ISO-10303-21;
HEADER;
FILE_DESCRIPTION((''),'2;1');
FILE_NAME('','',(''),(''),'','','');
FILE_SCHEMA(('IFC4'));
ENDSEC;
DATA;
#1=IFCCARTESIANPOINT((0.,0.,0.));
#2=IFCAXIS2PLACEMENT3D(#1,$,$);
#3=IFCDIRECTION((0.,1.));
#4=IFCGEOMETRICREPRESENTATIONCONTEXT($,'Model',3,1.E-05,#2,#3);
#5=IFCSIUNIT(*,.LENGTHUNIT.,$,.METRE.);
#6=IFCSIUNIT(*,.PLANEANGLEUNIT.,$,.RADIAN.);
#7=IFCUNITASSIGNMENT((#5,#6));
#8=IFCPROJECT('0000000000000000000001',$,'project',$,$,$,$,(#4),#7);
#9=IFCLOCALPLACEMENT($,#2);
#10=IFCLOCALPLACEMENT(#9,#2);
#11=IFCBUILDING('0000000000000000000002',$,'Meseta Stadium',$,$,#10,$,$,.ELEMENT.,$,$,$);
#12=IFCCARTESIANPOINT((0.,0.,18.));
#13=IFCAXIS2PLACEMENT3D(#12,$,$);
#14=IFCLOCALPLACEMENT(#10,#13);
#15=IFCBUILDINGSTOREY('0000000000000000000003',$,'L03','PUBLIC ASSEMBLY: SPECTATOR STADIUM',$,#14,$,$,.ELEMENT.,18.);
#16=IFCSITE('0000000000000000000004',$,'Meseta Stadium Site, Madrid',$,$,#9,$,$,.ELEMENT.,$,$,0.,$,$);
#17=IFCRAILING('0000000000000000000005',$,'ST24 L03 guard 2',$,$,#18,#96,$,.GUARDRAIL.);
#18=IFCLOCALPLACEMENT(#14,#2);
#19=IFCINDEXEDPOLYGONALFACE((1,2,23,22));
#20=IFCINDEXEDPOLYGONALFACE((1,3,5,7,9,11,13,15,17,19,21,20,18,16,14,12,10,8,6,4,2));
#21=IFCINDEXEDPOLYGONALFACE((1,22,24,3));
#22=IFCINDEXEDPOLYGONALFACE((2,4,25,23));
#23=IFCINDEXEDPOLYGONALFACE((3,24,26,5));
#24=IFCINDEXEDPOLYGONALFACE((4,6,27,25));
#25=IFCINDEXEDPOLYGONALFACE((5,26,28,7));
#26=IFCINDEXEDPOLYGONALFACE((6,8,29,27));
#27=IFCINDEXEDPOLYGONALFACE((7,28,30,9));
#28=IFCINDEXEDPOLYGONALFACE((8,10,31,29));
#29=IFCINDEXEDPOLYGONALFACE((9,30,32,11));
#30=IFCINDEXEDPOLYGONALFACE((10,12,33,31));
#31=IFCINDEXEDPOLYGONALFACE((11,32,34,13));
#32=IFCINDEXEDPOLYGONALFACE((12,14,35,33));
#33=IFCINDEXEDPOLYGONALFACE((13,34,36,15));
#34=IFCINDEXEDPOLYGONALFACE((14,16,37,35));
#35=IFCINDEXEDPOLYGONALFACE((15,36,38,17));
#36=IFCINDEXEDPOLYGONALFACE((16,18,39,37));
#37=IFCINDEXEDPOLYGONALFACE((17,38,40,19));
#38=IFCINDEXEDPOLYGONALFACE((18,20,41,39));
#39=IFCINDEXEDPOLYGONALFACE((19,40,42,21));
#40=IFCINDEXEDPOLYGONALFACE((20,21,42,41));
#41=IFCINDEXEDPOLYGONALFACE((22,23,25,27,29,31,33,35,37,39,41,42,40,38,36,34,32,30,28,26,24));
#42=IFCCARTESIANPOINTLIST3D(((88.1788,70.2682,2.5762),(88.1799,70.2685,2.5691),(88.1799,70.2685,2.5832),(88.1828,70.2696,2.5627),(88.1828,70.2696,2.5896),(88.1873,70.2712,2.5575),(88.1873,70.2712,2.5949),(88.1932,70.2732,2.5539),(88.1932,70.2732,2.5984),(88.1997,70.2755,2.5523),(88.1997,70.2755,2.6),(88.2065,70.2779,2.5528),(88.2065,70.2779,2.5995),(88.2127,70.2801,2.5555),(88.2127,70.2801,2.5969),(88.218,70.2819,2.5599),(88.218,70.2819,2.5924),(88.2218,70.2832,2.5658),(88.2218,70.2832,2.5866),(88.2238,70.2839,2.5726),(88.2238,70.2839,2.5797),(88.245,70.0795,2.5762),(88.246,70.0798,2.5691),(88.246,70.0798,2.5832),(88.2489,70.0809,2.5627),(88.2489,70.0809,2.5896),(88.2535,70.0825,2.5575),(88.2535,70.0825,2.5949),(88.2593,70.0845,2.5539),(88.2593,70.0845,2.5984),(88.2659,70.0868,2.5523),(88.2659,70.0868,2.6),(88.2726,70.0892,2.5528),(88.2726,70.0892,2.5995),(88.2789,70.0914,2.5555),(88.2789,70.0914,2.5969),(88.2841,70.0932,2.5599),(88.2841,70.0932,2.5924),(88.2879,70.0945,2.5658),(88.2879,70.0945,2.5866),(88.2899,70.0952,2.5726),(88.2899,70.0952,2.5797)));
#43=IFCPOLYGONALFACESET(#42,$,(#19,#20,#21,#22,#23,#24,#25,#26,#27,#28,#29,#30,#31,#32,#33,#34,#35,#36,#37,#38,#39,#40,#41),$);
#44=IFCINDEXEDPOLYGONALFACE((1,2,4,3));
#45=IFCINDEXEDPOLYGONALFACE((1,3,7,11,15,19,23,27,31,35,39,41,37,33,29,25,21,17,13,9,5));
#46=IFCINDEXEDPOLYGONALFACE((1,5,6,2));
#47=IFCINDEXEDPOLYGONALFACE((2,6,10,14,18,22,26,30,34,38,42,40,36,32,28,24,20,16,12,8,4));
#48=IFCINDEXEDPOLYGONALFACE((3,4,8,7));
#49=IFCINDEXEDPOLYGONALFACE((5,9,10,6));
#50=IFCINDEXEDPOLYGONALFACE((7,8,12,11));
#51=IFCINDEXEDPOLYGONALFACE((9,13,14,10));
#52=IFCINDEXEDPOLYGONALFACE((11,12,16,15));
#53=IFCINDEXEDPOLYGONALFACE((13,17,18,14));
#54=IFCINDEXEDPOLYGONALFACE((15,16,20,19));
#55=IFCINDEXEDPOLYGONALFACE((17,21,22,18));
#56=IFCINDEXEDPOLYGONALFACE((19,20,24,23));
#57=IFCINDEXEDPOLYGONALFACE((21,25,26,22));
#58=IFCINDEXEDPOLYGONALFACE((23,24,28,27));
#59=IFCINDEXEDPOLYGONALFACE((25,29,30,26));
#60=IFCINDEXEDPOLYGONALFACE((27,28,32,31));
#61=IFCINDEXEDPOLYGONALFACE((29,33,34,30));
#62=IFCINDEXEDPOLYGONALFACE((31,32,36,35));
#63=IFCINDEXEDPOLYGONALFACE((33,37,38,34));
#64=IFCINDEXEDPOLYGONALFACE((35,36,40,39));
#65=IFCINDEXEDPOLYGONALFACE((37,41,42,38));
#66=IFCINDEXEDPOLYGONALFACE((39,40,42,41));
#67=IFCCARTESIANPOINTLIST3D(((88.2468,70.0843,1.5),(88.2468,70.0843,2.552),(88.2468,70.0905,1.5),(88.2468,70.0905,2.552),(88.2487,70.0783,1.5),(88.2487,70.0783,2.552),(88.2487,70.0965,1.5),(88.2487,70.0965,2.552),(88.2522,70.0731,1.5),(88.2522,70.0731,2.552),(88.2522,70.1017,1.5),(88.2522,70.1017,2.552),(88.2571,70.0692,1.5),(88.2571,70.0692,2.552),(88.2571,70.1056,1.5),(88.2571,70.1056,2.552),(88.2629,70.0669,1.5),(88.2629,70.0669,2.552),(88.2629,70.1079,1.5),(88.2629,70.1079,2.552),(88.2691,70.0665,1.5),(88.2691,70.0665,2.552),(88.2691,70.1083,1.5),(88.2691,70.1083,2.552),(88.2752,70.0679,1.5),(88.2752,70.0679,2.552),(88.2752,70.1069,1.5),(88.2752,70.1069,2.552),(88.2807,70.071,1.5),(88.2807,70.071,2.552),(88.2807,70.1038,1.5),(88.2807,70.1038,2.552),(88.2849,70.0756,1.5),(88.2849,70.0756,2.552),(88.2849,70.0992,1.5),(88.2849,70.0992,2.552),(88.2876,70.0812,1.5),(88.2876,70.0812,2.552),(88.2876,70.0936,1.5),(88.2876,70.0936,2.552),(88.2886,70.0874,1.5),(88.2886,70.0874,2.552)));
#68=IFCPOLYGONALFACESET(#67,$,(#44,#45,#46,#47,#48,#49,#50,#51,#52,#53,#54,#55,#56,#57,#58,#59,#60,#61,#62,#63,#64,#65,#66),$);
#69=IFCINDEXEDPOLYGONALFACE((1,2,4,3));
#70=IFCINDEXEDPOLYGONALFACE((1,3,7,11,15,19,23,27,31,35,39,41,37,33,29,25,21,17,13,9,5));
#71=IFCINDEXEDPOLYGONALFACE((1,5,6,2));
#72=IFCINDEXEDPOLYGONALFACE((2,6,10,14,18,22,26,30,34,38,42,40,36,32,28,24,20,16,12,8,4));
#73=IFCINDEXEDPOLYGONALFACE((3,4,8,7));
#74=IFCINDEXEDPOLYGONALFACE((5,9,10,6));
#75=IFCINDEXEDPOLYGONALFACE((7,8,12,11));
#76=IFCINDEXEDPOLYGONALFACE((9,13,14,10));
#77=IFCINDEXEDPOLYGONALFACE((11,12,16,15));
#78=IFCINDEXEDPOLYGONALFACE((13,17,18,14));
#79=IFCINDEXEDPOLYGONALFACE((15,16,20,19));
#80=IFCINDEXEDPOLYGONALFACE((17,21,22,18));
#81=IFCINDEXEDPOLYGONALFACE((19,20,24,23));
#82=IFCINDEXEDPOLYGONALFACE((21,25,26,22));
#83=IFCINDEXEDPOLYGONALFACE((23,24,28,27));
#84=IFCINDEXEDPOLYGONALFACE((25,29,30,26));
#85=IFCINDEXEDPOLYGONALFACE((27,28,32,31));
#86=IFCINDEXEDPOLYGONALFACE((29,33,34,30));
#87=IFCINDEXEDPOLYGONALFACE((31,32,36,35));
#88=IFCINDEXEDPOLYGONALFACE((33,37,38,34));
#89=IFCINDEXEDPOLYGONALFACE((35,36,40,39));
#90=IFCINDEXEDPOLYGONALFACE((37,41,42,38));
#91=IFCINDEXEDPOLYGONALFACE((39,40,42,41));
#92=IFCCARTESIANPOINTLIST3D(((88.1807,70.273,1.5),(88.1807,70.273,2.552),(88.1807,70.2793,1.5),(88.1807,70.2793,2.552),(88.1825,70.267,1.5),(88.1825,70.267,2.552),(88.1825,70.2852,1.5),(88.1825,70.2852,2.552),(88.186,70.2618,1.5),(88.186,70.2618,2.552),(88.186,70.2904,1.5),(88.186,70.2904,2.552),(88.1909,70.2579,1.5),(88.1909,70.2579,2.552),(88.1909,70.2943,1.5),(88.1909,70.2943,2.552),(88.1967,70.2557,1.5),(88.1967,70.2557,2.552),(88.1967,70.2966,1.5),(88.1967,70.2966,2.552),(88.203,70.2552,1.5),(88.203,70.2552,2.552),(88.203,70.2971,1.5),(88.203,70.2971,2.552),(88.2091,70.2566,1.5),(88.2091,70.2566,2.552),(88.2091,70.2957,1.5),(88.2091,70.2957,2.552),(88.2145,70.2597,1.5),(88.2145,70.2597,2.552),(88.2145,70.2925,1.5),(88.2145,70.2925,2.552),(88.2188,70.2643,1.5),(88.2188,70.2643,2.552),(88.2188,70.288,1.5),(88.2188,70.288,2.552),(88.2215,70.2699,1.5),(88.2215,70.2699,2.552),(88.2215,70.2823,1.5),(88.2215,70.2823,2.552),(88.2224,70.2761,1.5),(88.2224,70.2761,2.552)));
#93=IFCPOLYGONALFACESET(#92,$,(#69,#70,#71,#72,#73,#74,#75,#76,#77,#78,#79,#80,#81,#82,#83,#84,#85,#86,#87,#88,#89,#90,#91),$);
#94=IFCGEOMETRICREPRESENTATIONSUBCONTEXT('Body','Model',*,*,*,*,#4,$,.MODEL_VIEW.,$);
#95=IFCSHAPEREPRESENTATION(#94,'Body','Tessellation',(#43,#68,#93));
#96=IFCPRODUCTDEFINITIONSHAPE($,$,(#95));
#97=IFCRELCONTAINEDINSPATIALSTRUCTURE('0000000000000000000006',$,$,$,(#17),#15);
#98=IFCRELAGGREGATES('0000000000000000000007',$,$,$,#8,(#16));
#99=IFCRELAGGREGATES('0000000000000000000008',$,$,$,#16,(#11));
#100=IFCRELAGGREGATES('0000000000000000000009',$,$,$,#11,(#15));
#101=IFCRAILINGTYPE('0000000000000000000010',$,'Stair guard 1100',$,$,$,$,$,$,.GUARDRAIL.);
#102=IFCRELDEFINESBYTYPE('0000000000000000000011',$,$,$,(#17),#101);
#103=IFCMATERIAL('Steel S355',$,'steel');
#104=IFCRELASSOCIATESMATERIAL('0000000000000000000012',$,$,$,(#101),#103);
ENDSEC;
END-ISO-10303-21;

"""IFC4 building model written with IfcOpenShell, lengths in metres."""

from ifc_helpers import new_model, si_unit, direction, frame, origin, origin_2d, place, context, subcontext, project, spatial, circle, extrude, material, type_object, element, save


model = new_model("IFC4")

# Units and contexts
model_context = context("Model", 3, precision=1e-05, world=origin(), true_north=direction((0.0, 1.0)))
body_context = subcontext(model_context, "Body", "Model", "MODEL_VIEW")
ifc_project = project(units=[si_unit("LENGTHUNIT", "METRE"), si_unit("PLANEANGLEUNIT", "RADIAN")], contexts=[model_context])

# Site, building, storey
site_placement = place(None, origin())
site = spatial("IfcSite", under=ifc_project, at=site_placement, Name="Meseta Stadium Site, Madrid", CompositionType="ELEMENT", RefElevation=0.0)
building_placement = place(site_placement, origin())
building = spatial("IfcBuilding", under=site, at=building_placement, Name="Meseta Stadium", CompositionType="ELEMENT")
storey_placement = place(building_placement, frame((0.0, 0.0, 18.0)))
storey = spatial("IfcBuildingStorey", under=building, at=storey_placement, Name="L03", Description="PUBLIC ASSEMBLY: SPECTATOR STADIUM", CompositionType="ELEMENT", Elevation=18.0)

# Railing
ifc_material_1 = material(Name="Steel S355", Category="steel")
railing_type_1 = type_object("IfcRailingType", Name="Stair guard 1100", PredefinedType="GUARDRAIL", material=ifc_material_1)
railing_1_placement = place(storey_placement, frame((88.2676, 70.0874, 1.5)))
element("IfcRailing", 1, at=railing_1_placement, inside=storey, type_object=railing_type_1, Name="ST24 L03 guard 2", PredefinedType="GUARDRAIL", context=body_context, shape_type="SweptSolid", body=[
    extrude(circle(Radius=0.0239, at=origin_2d()), frame((0.0, 0.0, 1.0762), z_axis=(-0.33084, 0.943687, 0.0), x_axis=(-0.943687, -0.33084, 0.0)), (0.0, 0.0, 1.0), 0.2),
    extrude(circle(Radius=0.021, at=origin_2d()), origin(), (0.0, 0.0, 1.0), 1.052),
    extrude(circle(Radius=0.021, at=origin_2d()), frame((-0.0662, 0.1887, 0.0)), (0.0, 0.0, 1.0), 1.052),
])

save(model, "model.ifc")
